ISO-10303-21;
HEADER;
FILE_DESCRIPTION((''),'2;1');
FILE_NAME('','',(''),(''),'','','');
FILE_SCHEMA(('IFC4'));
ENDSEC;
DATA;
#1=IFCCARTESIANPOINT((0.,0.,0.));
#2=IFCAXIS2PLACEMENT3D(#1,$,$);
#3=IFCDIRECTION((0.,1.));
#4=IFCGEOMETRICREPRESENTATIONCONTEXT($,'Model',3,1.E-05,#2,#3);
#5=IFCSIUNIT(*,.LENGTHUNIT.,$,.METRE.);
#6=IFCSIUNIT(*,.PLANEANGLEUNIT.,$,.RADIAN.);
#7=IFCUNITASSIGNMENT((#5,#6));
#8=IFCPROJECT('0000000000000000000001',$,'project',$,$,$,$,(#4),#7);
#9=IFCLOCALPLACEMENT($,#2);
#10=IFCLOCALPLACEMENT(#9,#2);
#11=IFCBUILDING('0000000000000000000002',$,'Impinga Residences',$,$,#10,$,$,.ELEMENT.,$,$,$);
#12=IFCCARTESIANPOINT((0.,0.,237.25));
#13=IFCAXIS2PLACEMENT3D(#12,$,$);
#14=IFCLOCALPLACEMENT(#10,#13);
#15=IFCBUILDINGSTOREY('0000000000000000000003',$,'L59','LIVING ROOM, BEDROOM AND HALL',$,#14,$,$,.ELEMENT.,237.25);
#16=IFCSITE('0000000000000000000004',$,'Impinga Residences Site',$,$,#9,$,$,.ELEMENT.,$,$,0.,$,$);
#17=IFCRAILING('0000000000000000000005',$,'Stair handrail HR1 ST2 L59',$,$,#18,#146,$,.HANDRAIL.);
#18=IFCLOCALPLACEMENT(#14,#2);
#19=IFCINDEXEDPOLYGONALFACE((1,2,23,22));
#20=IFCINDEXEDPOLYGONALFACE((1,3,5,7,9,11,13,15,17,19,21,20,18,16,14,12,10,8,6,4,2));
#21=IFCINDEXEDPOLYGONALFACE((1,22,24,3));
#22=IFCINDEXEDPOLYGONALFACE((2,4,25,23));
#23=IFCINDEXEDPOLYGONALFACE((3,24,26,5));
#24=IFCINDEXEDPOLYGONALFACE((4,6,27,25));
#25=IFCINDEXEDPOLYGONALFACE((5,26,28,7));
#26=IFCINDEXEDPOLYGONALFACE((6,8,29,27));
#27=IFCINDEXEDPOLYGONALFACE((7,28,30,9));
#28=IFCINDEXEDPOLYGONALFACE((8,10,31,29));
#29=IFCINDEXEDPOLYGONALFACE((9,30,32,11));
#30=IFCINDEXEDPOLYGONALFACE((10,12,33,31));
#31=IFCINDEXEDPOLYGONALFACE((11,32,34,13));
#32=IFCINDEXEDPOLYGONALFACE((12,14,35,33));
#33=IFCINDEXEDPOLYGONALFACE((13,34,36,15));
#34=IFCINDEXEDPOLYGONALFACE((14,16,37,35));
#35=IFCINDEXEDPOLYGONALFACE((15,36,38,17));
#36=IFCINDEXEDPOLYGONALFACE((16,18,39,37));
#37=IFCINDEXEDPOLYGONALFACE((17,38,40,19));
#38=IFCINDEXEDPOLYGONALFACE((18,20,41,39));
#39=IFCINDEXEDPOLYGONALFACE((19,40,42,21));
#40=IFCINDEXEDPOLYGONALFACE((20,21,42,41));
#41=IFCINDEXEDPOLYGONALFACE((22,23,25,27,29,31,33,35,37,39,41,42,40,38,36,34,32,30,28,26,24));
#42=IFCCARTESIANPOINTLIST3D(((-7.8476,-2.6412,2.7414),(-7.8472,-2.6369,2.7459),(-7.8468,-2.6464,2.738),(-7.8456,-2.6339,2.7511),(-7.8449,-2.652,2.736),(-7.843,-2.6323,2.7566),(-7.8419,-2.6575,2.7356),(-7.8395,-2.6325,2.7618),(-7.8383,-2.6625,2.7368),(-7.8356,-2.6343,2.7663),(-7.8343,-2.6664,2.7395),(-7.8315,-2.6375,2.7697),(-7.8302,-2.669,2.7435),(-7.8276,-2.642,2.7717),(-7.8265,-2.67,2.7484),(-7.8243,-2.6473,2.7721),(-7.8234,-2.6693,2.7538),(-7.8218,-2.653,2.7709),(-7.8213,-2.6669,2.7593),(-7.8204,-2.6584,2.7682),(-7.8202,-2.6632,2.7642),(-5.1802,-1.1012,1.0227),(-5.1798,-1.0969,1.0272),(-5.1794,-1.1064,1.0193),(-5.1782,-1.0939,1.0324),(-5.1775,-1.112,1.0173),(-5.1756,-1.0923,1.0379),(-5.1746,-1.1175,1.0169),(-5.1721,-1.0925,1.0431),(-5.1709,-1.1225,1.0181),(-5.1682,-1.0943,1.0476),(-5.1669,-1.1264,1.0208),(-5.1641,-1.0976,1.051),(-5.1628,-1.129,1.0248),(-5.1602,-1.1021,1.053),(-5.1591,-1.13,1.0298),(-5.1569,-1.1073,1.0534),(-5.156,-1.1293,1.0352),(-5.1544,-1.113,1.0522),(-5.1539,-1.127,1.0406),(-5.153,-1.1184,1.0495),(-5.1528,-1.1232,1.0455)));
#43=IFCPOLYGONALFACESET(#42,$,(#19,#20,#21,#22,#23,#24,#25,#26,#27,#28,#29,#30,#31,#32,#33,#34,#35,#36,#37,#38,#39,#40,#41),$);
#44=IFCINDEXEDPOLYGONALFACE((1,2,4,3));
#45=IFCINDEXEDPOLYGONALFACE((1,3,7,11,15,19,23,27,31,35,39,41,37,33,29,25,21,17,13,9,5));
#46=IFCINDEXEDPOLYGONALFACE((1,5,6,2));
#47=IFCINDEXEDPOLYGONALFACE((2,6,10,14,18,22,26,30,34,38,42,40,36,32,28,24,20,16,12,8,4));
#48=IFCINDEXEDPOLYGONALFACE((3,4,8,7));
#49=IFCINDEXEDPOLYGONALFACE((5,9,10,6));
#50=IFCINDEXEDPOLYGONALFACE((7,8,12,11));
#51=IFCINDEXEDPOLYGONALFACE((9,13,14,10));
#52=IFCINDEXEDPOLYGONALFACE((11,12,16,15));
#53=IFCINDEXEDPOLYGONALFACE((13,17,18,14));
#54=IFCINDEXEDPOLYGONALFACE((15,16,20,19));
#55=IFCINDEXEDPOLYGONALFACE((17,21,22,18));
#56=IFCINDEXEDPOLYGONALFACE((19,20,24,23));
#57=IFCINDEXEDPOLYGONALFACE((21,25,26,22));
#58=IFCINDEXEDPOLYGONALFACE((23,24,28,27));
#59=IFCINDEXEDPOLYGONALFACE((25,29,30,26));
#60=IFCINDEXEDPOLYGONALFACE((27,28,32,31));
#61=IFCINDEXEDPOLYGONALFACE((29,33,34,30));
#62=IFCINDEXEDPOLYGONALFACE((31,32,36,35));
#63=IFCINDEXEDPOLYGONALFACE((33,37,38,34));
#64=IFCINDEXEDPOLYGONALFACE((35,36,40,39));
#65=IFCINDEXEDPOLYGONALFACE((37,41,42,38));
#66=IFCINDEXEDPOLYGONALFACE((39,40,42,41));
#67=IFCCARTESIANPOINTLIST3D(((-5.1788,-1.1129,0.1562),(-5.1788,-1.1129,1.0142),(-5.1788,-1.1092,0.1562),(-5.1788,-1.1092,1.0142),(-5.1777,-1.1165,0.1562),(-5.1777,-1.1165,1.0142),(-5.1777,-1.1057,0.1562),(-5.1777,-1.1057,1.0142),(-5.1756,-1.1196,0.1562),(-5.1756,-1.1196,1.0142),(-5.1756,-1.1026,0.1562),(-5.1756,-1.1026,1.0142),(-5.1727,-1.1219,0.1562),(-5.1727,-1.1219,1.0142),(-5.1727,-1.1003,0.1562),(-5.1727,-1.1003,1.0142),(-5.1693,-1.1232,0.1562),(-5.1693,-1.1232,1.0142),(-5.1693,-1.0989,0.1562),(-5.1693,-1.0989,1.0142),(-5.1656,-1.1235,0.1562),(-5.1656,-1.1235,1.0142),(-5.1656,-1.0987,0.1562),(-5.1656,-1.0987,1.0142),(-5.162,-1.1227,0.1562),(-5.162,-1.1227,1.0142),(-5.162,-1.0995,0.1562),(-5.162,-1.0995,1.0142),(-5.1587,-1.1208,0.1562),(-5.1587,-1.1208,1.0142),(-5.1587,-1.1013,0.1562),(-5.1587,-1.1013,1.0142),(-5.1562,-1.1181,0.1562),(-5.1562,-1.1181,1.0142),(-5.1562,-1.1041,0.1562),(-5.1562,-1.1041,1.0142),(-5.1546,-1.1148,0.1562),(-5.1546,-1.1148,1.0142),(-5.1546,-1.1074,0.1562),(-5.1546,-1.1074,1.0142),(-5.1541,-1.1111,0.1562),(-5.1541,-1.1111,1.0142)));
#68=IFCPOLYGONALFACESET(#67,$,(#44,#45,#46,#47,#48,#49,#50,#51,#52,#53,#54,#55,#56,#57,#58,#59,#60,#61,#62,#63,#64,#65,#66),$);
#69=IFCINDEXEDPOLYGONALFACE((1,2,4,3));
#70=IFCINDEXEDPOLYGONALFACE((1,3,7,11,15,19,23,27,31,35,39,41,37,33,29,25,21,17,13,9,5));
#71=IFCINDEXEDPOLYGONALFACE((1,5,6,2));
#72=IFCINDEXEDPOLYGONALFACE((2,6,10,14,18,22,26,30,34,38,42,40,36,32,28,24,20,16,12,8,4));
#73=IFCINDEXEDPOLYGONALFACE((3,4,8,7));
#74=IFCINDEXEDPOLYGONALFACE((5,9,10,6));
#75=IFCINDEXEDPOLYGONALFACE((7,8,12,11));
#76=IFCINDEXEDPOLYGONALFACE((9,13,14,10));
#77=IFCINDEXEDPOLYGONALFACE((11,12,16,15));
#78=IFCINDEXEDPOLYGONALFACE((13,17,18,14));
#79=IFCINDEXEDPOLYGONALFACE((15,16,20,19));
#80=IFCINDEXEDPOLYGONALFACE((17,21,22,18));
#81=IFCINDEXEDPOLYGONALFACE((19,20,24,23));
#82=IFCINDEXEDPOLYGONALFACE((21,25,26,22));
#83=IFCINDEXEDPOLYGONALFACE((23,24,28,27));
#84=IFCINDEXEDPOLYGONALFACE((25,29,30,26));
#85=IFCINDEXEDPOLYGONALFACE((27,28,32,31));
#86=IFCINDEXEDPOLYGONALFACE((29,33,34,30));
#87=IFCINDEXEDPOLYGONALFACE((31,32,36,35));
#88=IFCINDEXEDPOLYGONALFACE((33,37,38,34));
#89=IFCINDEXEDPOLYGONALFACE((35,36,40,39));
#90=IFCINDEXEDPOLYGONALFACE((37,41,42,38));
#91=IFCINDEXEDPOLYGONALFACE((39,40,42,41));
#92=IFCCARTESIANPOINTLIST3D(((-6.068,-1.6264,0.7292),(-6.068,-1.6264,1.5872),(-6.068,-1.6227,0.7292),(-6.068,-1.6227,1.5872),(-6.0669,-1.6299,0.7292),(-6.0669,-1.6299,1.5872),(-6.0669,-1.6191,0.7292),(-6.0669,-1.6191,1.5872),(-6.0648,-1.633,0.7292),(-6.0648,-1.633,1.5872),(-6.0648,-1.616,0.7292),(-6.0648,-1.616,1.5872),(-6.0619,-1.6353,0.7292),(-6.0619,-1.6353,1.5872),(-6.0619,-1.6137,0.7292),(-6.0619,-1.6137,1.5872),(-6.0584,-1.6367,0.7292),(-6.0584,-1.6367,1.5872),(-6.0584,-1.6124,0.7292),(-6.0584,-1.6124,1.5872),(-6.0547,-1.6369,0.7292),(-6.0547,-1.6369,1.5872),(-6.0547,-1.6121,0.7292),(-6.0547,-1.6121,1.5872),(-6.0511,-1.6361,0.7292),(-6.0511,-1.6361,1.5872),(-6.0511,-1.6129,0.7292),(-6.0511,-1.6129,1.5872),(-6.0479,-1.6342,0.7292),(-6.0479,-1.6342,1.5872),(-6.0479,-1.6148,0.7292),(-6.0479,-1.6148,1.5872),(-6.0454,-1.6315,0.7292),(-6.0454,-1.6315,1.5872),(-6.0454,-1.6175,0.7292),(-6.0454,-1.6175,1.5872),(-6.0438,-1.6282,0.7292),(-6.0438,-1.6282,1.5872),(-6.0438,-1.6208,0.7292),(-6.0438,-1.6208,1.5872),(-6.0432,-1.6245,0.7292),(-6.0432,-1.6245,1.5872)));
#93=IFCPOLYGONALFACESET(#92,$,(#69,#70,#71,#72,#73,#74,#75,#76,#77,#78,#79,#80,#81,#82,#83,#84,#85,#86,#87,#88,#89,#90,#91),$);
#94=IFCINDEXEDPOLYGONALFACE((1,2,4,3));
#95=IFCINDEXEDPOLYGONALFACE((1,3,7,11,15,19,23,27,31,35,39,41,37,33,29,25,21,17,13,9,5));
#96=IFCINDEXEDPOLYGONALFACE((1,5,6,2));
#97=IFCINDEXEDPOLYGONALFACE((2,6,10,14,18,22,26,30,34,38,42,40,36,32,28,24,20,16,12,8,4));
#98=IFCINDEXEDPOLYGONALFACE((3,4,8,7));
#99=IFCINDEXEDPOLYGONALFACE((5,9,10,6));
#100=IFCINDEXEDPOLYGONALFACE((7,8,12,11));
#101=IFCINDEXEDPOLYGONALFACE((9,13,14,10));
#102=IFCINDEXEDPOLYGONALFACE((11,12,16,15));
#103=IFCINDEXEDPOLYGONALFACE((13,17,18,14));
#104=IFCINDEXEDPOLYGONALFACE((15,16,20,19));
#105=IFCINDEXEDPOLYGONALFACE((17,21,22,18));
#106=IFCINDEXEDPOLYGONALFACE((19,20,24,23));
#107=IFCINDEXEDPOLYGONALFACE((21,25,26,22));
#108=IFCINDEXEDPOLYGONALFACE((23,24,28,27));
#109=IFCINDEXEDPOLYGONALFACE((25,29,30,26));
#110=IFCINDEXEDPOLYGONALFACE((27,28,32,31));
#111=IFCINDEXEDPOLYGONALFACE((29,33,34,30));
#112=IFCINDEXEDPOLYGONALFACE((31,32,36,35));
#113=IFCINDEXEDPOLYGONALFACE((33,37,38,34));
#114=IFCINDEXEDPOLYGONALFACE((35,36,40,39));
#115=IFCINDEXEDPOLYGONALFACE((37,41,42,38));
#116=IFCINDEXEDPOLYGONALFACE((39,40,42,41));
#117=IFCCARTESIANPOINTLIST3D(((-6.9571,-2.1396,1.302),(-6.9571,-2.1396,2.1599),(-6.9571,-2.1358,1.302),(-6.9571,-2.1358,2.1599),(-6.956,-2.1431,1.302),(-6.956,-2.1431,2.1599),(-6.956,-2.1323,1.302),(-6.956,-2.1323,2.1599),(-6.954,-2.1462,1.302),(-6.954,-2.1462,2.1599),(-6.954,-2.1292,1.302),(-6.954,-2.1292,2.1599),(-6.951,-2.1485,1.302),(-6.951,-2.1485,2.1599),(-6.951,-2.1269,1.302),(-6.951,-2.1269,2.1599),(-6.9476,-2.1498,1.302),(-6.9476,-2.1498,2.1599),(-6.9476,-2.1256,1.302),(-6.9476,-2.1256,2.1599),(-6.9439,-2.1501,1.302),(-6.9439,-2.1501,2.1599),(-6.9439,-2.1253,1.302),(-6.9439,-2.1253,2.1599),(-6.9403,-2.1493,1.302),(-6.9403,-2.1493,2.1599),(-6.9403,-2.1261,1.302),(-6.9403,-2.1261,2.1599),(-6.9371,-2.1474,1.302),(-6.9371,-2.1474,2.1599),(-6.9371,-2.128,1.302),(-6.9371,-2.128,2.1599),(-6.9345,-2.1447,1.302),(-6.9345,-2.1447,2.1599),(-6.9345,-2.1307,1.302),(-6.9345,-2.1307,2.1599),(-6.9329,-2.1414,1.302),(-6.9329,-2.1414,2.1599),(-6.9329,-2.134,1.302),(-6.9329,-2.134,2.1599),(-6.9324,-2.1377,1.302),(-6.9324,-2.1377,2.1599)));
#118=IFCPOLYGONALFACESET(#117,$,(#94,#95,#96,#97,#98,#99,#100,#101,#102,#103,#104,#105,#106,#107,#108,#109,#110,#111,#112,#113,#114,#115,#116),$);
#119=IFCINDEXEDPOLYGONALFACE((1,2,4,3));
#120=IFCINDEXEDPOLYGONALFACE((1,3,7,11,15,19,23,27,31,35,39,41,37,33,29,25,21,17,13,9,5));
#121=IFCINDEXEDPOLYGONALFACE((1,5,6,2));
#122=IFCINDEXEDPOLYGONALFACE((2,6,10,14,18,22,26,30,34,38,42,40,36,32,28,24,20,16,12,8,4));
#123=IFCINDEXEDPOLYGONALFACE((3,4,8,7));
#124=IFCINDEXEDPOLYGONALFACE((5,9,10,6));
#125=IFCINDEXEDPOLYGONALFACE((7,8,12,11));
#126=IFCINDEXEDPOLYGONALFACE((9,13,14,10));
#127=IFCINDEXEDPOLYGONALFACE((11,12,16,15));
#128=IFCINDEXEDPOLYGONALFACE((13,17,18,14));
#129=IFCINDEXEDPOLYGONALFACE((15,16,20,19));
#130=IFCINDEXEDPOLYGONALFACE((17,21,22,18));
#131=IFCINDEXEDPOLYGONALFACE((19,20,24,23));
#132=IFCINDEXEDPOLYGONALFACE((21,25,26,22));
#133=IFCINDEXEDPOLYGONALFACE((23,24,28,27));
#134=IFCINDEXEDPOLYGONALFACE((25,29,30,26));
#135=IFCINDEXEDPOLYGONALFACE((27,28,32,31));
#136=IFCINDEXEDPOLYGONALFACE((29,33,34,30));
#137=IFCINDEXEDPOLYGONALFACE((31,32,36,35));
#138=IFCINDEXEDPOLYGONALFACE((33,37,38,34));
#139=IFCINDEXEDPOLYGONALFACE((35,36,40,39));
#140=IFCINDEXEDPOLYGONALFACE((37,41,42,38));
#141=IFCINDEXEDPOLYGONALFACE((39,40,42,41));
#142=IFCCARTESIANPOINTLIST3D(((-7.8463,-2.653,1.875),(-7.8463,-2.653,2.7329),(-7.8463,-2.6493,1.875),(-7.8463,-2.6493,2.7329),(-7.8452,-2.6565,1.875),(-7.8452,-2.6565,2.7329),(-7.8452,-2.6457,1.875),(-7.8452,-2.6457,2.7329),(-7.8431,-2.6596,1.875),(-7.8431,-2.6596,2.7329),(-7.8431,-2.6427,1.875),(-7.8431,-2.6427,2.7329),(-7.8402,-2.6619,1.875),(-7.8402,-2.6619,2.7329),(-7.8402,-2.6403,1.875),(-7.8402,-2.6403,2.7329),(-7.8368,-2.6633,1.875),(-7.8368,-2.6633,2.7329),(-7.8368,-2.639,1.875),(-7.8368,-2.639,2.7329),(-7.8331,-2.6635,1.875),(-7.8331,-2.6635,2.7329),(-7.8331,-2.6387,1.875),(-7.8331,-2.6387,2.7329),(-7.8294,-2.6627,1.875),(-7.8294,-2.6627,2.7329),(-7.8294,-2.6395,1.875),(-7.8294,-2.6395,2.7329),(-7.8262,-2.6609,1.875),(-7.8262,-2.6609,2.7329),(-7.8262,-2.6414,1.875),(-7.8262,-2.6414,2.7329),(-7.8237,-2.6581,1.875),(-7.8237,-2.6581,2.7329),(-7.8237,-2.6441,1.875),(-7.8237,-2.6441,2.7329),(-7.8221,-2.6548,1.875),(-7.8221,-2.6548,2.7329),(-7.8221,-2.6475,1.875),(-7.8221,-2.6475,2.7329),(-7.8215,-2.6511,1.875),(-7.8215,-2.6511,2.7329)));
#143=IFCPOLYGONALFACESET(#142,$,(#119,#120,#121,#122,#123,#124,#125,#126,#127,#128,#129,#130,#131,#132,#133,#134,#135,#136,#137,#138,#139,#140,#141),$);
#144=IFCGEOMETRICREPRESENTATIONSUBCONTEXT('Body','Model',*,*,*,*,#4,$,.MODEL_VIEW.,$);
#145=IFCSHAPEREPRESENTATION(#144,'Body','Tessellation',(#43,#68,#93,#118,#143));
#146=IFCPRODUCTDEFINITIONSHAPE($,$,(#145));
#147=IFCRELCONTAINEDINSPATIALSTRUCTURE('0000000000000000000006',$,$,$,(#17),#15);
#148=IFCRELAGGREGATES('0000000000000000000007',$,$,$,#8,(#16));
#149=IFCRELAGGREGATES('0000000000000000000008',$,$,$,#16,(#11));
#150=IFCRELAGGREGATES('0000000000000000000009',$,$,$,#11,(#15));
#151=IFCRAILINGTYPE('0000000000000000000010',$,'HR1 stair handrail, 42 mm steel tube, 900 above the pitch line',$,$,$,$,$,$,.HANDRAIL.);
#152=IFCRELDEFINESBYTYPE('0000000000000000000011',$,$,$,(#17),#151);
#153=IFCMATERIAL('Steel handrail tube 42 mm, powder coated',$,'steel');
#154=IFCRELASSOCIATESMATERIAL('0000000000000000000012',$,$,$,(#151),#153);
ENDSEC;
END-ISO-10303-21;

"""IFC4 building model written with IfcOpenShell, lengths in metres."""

from ifc_helpers import new_model, si_unit, direction, frame, origin, origin_2d, place, context, subcontext, project, spatial, circle, extrude, material, type_object, element, save


model = new_model("IFC4")

# Units and contexts
model_context = context("Model", 3, precision=1e-05, world=origin(), true_north=direction((0.0, 1.0)))
body_context = subcontext(model_context, "Body", "Model", "MODEL_VIEW")
ifc_project = project(units=[si_unit("LENGTHUNIT", "METRE"), si_unit("PLANEANGLEUNIT", "RADIAN")], contexts=[model_context])

# Site, building, storey
site_placement = place(None, origin())
site = spatial("IfcSite", under=ifc_project, at=site_placement, Name="Impinga Residences Site", CompositionType="ELEMENT", RefElevation=0.0)
building_placement = place(site_placement, origin())
building = spatial("IfcBuilding", under=site, at=building_placement, Name="Impinga Residences", CompositionType="ELEMENT")
storey_placement = place(building_placement, frame((0.0, 0.0, 237.25)))
storey = spatial("IfcBuildingStorey", under=building, at=storey_placement, Name="L59", Description="LIVING ROOM, BEDROOM AND HALL", CompositionType="ELEMENT", Elevation=237.25)

# Railing
ifc_material_1 = material(Name="Steel handrail tube 42 mm, powder coated", Category="steel")
railing_type = type_object("IfcRailingType", Name="HR1 stair handrail, 42 mm steel tube, 900 above the pitch line", PredefinedType="HANDRAIL", material=ifc_material_1)
railing_1_placement = place(storey_placement, frame((-5.1665, -1.1111, 0.1562)))
element("IfcRailing", 1, at=railing_1_placement, inside=storey, type_object=railing_type, Name="Stair handrail HR1 ST2 L59", PredefinedType="HANDRAIL", context=body_context, shape_type="SweptSolid", body=[
    extrude(circle(Radius=0.021, at=origin_2d()), frame((0.0, 0.0, 0.8789), z_axis=(-0.756256, -0.436616, 0.487282), x_axis=(0.499992, -0.86603, 0.0)), (0.0, 0.0, 1.0), 3.5271),
    extrude(circle(Radius=0.0125, at=origin_2d()), origin(), (0.0, 0.0, 1.0), 0.8579),
    extrude(circle(Radius=0.0125, at=origin_2d()), frame((-0.8892, -0.5134, 0.573)), (0.0, 0.0, 1.0), 0.8579),
    extrude(circle(Radius=0.0125, at=origin_2d()), frame((-1.7783, -1.0266, 1.1458)), (0.0, 0.0, 1.0), 0.8579),
    extrude(circle(Radius=0.0125, at=origin_2d()), frame((-2.6675, -1.54, 1.7188)), (0.0, 0.0, 1.0), 0.8579),
])

save(model, "model.ifc")
